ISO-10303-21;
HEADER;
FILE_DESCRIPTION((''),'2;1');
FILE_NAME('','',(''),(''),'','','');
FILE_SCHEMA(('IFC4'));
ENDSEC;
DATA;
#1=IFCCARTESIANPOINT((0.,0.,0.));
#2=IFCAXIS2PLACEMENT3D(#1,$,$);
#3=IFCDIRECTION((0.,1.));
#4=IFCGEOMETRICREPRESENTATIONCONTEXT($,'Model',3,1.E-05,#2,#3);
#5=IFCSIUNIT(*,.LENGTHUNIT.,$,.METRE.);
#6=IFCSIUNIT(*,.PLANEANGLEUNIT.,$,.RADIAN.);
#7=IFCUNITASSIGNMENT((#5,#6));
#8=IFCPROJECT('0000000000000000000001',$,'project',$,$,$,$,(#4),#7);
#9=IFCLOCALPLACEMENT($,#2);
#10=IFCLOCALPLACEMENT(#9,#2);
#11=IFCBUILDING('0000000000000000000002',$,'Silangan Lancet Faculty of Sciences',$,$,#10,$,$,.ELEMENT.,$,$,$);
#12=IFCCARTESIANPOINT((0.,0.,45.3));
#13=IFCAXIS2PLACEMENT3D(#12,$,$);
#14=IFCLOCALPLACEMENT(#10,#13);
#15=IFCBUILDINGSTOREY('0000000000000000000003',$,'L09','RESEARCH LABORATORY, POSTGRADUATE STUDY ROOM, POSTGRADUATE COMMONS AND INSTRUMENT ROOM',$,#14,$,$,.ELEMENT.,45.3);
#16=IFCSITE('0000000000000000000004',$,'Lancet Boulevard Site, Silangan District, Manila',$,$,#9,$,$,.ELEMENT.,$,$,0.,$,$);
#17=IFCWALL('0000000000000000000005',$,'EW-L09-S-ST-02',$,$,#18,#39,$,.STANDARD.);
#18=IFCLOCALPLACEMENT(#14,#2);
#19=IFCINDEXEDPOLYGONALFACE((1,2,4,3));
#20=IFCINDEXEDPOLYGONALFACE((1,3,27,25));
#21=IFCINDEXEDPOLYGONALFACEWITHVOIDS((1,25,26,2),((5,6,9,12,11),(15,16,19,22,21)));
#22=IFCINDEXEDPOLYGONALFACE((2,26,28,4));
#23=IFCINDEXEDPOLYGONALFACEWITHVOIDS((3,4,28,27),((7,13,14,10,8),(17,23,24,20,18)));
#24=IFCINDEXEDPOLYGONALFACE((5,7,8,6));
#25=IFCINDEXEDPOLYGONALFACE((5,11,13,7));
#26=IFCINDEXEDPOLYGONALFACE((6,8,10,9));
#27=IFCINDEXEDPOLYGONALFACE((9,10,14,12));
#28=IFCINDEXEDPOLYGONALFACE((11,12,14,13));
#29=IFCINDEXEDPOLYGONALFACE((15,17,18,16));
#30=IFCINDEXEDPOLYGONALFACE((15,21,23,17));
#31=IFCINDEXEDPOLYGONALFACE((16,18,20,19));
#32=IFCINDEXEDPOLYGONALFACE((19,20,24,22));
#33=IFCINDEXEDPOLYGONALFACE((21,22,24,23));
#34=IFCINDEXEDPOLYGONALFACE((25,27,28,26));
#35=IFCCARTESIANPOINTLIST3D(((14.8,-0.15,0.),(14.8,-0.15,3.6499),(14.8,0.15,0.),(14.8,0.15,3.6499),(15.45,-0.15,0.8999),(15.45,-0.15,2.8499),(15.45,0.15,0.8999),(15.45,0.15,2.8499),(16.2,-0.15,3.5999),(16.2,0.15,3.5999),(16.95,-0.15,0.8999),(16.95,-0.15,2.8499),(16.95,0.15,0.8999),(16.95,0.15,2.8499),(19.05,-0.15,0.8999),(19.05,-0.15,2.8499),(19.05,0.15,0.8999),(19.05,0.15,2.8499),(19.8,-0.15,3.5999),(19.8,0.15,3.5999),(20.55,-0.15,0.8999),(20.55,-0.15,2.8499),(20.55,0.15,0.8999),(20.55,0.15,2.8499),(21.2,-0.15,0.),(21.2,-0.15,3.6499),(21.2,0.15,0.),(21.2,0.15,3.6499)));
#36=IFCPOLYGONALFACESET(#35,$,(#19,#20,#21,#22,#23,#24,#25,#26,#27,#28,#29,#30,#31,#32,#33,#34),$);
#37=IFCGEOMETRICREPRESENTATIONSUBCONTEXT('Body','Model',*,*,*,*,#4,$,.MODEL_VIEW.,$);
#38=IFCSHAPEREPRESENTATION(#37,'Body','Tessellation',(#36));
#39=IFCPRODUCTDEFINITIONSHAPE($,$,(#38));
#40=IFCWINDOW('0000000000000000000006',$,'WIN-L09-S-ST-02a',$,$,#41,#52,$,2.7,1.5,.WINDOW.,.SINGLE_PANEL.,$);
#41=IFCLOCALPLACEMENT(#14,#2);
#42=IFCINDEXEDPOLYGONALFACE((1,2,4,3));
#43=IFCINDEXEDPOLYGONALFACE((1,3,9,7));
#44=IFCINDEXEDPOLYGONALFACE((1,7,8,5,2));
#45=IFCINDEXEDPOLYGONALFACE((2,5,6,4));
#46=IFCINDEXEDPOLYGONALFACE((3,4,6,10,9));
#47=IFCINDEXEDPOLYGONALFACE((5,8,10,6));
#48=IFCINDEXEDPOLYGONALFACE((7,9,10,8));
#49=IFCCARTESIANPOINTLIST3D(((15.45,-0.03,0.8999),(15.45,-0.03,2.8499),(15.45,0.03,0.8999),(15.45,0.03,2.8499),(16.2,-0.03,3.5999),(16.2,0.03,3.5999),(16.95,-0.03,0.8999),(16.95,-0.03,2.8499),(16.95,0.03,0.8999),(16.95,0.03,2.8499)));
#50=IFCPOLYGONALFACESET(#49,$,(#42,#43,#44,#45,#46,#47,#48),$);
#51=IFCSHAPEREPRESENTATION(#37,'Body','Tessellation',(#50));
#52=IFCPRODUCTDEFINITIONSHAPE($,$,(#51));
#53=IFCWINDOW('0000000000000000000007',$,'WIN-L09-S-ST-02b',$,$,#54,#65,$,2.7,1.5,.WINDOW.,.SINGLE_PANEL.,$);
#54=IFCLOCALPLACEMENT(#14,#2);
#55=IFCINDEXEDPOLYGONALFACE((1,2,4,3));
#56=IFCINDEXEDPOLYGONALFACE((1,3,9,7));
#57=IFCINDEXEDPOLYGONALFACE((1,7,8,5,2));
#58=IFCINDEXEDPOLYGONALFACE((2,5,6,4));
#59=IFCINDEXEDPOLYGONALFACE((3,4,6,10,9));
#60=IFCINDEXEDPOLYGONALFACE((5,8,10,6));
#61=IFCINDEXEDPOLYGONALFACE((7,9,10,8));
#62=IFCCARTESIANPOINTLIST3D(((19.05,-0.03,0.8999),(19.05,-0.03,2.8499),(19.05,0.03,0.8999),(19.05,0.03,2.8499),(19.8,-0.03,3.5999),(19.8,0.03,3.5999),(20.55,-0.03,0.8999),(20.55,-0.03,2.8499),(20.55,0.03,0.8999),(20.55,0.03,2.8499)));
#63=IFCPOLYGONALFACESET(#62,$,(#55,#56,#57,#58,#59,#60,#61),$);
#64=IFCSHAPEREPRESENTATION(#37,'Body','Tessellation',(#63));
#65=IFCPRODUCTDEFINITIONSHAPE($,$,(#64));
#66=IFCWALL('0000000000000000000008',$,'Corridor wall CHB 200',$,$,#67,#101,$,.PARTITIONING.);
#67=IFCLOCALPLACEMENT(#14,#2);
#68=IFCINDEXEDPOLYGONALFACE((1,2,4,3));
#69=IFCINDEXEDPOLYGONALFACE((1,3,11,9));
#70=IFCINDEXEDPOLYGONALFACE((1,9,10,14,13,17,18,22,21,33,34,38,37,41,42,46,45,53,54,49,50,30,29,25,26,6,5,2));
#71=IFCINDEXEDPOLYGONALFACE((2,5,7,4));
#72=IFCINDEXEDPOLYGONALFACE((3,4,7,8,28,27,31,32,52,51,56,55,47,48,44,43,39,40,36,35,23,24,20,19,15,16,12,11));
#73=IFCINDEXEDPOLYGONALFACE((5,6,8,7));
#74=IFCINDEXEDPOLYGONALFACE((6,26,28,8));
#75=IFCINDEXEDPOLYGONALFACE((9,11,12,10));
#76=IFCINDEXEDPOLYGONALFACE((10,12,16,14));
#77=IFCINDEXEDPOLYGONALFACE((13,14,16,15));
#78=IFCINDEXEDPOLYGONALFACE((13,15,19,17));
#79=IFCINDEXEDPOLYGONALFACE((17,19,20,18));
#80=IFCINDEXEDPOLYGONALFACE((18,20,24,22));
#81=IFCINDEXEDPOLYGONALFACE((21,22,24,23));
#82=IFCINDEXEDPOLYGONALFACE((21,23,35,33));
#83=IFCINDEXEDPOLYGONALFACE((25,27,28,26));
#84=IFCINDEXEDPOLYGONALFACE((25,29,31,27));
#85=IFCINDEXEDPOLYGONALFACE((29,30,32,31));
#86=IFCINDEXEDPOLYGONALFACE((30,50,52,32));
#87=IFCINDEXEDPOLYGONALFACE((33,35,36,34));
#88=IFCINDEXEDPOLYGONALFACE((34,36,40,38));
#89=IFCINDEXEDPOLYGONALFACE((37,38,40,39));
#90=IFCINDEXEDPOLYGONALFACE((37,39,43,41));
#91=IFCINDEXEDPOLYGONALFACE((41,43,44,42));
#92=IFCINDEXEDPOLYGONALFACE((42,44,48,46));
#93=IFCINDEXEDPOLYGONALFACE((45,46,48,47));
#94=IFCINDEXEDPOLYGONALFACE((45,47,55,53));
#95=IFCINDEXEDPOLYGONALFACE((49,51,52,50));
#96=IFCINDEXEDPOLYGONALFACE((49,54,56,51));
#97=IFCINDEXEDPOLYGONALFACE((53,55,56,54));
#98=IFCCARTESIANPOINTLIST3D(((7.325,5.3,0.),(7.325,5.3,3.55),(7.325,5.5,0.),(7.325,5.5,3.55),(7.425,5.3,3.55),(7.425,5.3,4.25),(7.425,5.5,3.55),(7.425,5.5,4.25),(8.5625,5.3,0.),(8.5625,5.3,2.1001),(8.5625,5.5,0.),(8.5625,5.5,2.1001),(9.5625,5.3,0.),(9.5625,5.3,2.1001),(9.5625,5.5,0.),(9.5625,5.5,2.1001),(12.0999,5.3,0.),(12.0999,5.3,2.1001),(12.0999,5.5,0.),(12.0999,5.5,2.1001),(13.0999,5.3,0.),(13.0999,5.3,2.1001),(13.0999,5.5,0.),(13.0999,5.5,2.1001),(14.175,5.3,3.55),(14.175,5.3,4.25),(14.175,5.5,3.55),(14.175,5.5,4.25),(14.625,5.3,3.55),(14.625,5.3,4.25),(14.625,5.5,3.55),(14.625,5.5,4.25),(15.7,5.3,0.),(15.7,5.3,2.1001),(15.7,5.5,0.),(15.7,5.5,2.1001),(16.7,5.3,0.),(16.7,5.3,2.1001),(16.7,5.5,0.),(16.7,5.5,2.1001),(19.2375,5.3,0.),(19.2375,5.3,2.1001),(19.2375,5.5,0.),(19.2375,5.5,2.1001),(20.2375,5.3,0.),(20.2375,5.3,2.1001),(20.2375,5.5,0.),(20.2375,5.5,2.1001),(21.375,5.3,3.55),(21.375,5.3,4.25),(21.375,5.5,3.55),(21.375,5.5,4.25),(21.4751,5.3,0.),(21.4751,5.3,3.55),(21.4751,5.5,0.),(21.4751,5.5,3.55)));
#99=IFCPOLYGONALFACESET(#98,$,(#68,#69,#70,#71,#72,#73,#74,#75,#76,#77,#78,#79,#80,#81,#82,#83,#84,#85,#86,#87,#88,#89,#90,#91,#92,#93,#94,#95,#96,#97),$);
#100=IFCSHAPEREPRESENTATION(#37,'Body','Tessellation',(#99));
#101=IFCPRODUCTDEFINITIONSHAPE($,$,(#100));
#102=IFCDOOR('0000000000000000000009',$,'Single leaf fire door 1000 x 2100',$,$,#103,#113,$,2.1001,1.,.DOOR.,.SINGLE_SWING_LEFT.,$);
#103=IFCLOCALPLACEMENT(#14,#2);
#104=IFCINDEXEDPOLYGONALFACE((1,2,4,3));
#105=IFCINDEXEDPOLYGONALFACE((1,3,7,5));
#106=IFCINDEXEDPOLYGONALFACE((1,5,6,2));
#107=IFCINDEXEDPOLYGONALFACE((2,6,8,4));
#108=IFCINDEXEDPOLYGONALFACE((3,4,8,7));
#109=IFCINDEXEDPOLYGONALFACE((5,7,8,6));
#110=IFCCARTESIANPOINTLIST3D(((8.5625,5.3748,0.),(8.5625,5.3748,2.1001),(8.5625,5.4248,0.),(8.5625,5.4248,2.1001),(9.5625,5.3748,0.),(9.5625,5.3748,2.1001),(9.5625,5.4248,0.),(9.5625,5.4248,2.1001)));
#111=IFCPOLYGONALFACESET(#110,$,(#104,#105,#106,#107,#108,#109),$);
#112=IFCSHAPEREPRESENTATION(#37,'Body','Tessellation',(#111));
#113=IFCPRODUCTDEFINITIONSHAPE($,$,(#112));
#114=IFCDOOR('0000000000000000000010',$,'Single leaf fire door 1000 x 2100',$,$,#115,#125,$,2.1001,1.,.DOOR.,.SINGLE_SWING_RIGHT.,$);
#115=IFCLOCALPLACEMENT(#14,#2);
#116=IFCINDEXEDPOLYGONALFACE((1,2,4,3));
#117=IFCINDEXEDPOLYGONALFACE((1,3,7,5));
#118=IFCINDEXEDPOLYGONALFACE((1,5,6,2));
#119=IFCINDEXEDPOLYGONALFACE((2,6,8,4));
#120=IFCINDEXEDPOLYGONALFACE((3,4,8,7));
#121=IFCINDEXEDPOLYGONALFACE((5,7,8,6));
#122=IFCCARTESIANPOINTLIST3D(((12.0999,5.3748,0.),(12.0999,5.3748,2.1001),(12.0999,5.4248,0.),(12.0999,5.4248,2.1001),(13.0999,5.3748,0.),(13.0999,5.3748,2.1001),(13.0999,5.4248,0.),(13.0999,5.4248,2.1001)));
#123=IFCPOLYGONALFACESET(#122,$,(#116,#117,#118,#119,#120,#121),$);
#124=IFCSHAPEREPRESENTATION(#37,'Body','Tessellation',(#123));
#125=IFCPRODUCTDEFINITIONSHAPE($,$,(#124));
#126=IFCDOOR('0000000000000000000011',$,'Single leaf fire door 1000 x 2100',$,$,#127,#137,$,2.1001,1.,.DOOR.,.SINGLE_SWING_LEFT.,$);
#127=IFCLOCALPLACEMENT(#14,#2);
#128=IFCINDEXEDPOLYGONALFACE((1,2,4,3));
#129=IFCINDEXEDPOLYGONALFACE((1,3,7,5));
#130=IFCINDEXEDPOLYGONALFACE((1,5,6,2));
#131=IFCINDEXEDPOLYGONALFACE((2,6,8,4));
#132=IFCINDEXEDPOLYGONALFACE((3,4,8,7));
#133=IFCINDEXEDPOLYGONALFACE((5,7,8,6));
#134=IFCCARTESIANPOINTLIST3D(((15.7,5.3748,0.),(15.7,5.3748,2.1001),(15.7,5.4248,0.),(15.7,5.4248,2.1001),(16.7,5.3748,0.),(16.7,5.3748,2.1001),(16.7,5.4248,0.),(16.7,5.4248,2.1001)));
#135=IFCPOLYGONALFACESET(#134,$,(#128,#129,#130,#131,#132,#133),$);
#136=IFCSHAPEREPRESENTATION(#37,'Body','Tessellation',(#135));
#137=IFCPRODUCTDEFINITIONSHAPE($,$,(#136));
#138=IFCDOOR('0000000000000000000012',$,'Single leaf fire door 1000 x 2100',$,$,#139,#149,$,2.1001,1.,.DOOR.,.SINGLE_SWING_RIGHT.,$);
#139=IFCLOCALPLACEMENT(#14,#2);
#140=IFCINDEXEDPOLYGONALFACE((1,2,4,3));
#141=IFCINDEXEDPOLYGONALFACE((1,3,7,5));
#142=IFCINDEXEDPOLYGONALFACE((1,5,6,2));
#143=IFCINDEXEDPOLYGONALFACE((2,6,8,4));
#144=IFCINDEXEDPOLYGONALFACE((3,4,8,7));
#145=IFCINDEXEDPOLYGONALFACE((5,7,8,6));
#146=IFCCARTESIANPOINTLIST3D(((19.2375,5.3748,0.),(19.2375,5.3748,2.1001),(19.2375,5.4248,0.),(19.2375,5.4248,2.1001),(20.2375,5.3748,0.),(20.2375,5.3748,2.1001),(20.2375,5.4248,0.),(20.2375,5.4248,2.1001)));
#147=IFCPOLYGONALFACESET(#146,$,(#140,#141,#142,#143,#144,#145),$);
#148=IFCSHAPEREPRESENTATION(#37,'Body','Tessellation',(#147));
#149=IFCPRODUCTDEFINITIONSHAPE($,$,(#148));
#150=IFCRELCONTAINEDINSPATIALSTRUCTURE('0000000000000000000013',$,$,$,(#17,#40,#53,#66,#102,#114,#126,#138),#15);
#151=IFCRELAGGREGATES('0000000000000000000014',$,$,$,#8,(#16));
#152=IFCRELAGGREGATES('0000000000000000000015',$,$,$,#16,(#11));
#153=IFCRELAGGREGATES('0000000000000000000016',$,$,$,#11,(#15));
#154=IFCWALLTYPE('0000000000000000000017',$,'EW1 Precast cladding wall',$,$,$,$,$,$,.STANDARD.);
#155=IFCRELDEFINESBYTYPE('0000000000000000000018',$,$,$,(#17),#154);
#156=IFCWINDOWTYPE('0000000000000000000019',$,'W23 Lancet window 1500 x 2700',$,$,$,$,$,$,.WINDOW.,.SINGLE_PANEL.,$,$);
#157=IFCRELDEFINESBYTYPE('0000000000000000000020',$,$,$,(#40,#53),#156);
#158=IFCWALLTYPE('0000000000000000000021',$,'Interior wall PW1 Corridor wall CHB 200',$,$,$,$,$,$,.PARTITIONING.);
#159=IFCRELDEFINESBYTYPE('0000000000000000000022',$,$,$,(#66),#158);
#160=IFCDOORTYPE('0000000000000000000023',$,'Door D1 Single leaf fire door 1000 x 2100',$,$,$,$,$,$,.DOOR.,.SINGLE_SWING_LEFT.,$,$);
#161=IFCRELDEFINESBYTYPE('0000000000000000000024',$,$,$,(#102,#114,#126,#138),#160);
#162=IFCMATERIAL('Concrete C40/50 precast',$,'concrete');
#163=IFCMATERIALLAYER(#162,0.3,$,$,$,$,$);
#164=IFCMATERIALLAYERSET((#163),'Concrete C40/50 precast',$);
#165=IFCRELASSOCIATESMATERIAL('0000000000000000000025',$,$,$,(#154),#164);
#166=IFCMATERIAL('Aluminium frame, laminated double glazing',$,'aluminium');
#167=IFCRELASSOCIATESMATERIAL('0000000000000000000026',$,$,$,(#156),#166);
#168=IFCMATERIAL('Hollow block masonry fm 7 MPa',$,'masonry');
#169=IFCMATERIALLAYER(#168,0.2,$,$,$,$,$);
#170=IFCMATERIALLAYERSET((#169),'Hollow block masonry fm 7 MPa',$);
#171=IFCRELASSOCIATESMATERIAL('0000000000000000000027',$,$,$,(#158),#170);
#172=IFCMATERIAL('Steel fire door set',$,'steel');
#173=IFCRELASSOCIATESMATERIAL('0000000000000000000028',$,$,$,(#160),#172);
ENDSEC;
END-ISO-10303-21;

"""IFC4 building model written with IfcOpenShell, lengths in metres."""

from ifc_helpers import new_model, si_unit, direction, frame, frame_2d, origin, place, context, subcontext, project, spatial, polyline, rectangle, outline, extrude, material, layer, layer_set, type_object, element, fill, save


model = new_model("IFC4")

# Units and contexts
model_context = context("Model", 3, precision=1e-05, world=origin(), true_north=direction((0.0, 1.0)))
body_context = subcontext(model_context, "Body", "Model", "MODEL_VIEW")
ifc_project = project(units=[si_unit("LENGTHUNIT", "METRE"), si_unit("PLANEANGLEUNIT", "RADIAN")], contexts=[model_context])

# Site, building, storey
site_placement = place(None, origin())
site = spatial("IfcSite", under=ifc_project, at=site_placement, Name="Lancet Boulevard Site, Silangan District, Manila", CompositionType="ELEMENT", RefElevation=0.0)
building_placement = place(site_placement, origin())
building = spatial("IfcBuilding", under=site, at=building_placement, Name="Silangan Lancet Faculty of Sciences", CompositionType="ELEMENT")
storey_placement = place(building_placement, frame((0.0, 0.0, 45.3)))
storey = spatial("IfcBuildingStorey", under=building, at=storey_placement, Name="L09", Description="RESEARCH LABORATORY, POSTGRADUATE STUDY ROOM, POSTGRADUATE COMMONS AND INSTRUMENT ROOM", CompositionType="ELEMENT", Elevation=45.3)

# Wall, openings, windows
ifc_material_1 = material(Name="Concrete C40/50 precast", Category="concrete")
ifc_layer_1 = layer(ifc_material_1, 0.3)
ifc_layer_set_1 = layer_set([ifc_layer_1], Name="Concrete C40/50 precast")
wall_type_1 = type_object("IfcWallType", Name="EW1 Precast cladding wall", PredefinedType="STANDARD", material=ifc_layer_set_1)
ifc_material_2 = material(Name="Aluminium frame, laminated double glazing", Category="aluminium")
window_type = type_object("IfcWindowType", Name="W23 Lancet window 1500 x 2700", PartitioningType="SINGLE_PANEL", PredefinedType="WINDOW", material=ifc_material_2)
wall_1_placement = place(storey_placement, frame((14.8, 0.0, 0.0), z_axis=(0.0, 0.0, 1.0), x_axis=(1.0, 0.0, 0.0)))
wall_1 = element("IfcWall", 1, at=wall_1_placement, inside=storey, type_object=wall_type_1, Name="EW-L09-S-ST-02", PredefinedType="STANDARD", context=body_context, shape_type="SweptSolid", body=[
    extrude(rectangle(XDim=6.3999, YDim=0.3, at=frame_2d((3.2, 0.0))), origin(), (0.0, 0.0, 1.0), 3.6499),
])
opening_1_placement = place(wall_1_placement, frame((0.6499, 0.0, 0.8999)))
opening_1 = element("IfcOpeningElement", 2, at=opening_1_placement, cuts=wall_1, PredefinedType="OPENING", context=body_context, shape_type="SweptSolid", body=[
    extrude(outline(polyline([(0.0, 0.0), (1.5, 0.0), (1.5, 1.95), (0.75, 2.7), (0.0, 1.95), (0.0, 0.0)])), frame((0.0, 0.1599, 0.0), z_axis=(0.0, -1.0, 0.0), x_axis=(1.0, 0.0, 0.0)), (0.0, 0.0, 1.0), 0.3201),
])
opening_2_placement = place(wall_1_placement, frame((4.25, 0.0, 0.8999)))
opening_2 = element("IfcOpeningElement", 3, at=opening_2_placement, cuts=wall_1, PredefinedType="OPENING", context=body_context, shape_type="SweptSolid", body=[
    extrude(outline(polyline([(0.0, 0.0), (1.5, 0.0), (1.5, 1.95), (0.75, 2.7), (0.0, 1.95), (0.0, 0.0)])), frame((0.0, 0.1599, 0.0), z_axis=(0.0, -1.0, 0.0), x_axis=(1.0, 0.0, 0.0)), (0.0, 0.0, 1.0), 0.3201),
])
window_1_placement = place(opening_1_placement, origin())
window_1 = element("IfcWindow", 4, at=window_1_placement, inside=storey, type_object=window_type, Name="WIN-L09-S-ST-02a", OverallHeight=2.7, OverallWidth=1.5, PartitioningType="SINGLE_PANEL", PredefinedType="WINDOW", context=body_context, shape_type="SweptSolid", body=[
    extrude(outline(polyline([(0.0, 0.0), (1.5, 0.0), (1.5, 1.95), (0.75, 2.7), (0.0, 1.95), (0.0, 0.0)])), frame((0.0, 0.03, 0.0), z_axis=(0.0, -1.0, 0.0), x_axis=(1.0, 0.0, 0.0)), (0.0, 0.0, 1.0), 0.0601),
])
fill(opening_1, window_1)
window_2_placement = place(opening_2_placement, origin())
window_2 = element("IfcWindow", 5, at=window_2_placement, inside=storey, type_object=window_type, Name="WIN-L09-S-ST-02b", OverallHeight=2.7, OverallWidth=1.5, PartitioningType="SINGLE_PANEL", PredefinedType="WINDOW", context=body_context, shape_type="SweptSolid", body=[
    extrude(outline(polyline([(0.0, 0.0), (1.5, 0.0), (1.5, 1.95), (0.75, 2.7), (0.0, 1.95), (0.0, 0.0)])), frame((0.0, 0.03, 0.0), z_axis=(0.0, -1.0, 0.0), x_axis=(1.0, 0.0, 0.0)), (0.0, 0.0, 1.0), 0.0601),
])
fill(opening_2, window_2)

# Wall, openings, doors
ifc_material_3 = material(Name="Hollow block masonry fm 7 MPa", Category="masonry")
ifc_layer_2 = layer(ifc_material_3, 0.2)
ifc_layer_set_2 = layer_set([ifc_layer_2], Name="Hollow block masonry fm 7 MPa")
wall_type_2 = type_object("IfcWallType", Name="Interior wall PW1 Corridor wall CHB 200", PredefinedType="PARTITIONING", material=ifc_layer_set_2)
wall_2_placement = place(storey_placement, frame((7.325, 5.3999, 0.0), z_axis=(0.0, 0.0, 1.0), x_axis=(1.0, 0.0, 0.0)))
wall_2 = element("IfcWall", 6, at=wall_2_placement, inside=storey, type_object=wall_type_2, Name="Corridor wall CHB 200", PredefinedType="PARTITIONING", context=body_context, shape_type="SweptSolid", body=[
    extrude(outline(polyline([(0.0, 0.0), (14.1501, 0.0), (14.1501, 3.55), (14.05, 3.55), (14.05, 4.25), (7.3, 4.25), (7.3, 3.55), (6.8501, 3.55), (6.8501, 4.25), (0.1001, 4.25), (0.1001, 3.55), (0.0, 3.55), (0.0, 0.0)])), frame((0.0, 0.1001, 0.0), z_axis=(0.0, -1.0, 0.0), x_axis=(1.0, 0.0, 0.0)), (0.0, 0.0, 1.0), 0.2),
])
opening_3_placement = place(wall_2_placement, frame((1.2375, 0.0, 0.0)))
opening_3 = element("IfcOpeningElement", 7, at=opening_3_placement, cuts=wall_2, PredefinedType="OPENING", context=body_context, shape_type="SweptSolid", body=[
    extrude(rectangle(XDim=1.0, YDim=2.1001, at=frame_2d((0.5, 1.05))), frame((0.0, 0.1099, 0.0), z_axis=(0.0, -1.0, 0.0), x_axis=(1.0, 0.0, 0.0)), (0.0, 0.0, 1.0), 0.22),
])
opening_4_placement = place(wall_2_placement, frame((4.7749, 0.0, 0.0)))
opening_4 = element("IfcOpeningElement", 8, at=opening_4_placement, cuts=wall_2, PredefinedType="OPENING", context=body_context, shape_type="SweptSolid", body=[
    extrude(rectangle(XDim=1.0, YDim=2.1001, at=frame_2d((0.5, 1.05))), frame((0.0, 0.1099, 0.0), z_axis=(0.0, -1.0, 0.0), x_axis=(1.0, 0.0, 0.0)), (0.0, 0.0, 1.0), 0.22),
])
opening_5_placement = place(wall_2_placement, frame((8.375, 0.0, 0.0)))
opening_5 = element("IfcOpeningElement", 9, at=opening_5_placement, cuts=wall_2, PredefinedType="OPENING", context=body_context, shape_type="SweptSolid", body=[
    extrude(rectangle(XDim=1.0, YDim=2.1001, at=frame_2d((0.5, 1.05))), frame((0.0, 0.1099, 0.0), z_axis=(0.0, -1.0, 0.0), x_axis=(1.0, 0.0, 0.0)), (0.0, 0.0, 1.0), 0.22),
])
opening_6_placement = place(wall_2_placement, frame((11.9126, 0.0, 0.0)))
opening_6 = element("IfcOpeningElement", 10, at=opening_6_placement, cuts=wall_2, PredefinedType="OPENING", context=body_context, shape_type="SweptSolid", body=[
    extrude(rectangle(XDim=1.0, YDim=2.1001, at=frame_2d((0.5, 1.05))), frame((0.0, 0.1099, 0.0), z_axis=(0.0, -1.0, 0.0), x_axis=(1.0, 0.0, 0.0)), (0.0, 0.0, 1.0), 0.22),
])
ifc_material_4 = material(Name="Steel fire door set", Category="steel")
door_type_1 = type_object("IfcDoorType", Name="Door D1 Single leaf fire door 1000 x 2100", OperationType="SINGLE_SWING_LEFT", PredefinedType="DOOR", material=ifc_material_4)
door_1_placement = place(opening_3_placement, frame((1.0, 0.0, 0.0), z_axis=(0.0, 0.0, 1.0), x_axis=(-1.0, 0.0, 0.0)))
door_1 = element("IfcDoor", 11, at=door_1_placement, inside=storey, type_object=door_type_1, Name="Single leaf fire door 1000 x 2100", OperationType="SINGLE_SWING_LEFT", OverallHeight=2.1001, OverallWidth=1.0, PredefinedType="DOOR", context=body_context, shape_type="SweptSolid", body=[
    extrude(rectangle(XDim=1.0, YDim=2.1001, at=frame_2d((0.5, 1.05))), frame((0.0, 0.0251, 0.0), z_axis=(0.0, -1.0, 0.0), x_axis=(1.0, 0.0, 0.0)), (0.0, 0.0, 1.0), 0.05),
])
fill(opening_3, door_1)
door_2_placement = place(opening_4_placement, frame((1.0, 0.0, 0.0), z_axis=(0.0, 0.0, 1.0), x_axis=(-1.0, 0.0, 0.0)))
door_2 = element("IfcDoor", 12, at=door_2_placement, inside=storey, type_object=door_type_1, Name="Single leaf fire door 1000 x 2100", OperationType="SINGLE_SWING_RIGHT", OverallHeight=2.1001, OverallWidth=1.0, PredefinedType="DOOR", context=body_context, shape_type="SweptSolid", body=[
    extrude(rectangle(XDim=1.0, YDim=2.1001, at=frame_2d((0.5, 1.05))), frame((0.0, 0.0251, 0.0), z_axis=(0.0, -1.0, 0.0), x_axis=(1.0, 0.0, 0.0)), (0.0, 0.0, 1.0), 0.05),
])
fill(opening_4, door_2)
door_3_placement = place(opening_5_placement, frame((1.0, 0.0, 0.0), z_axis=(0.0, 0.0, 1.0), x_axis=(-1.0, 0.0, 0.0)))
door_3 = element("IfcDoor", 13, at=door_3_placement, inside=storey, type_object=door_type_1, Name="Single leaf fire door 1000 x 2100", OperationType="SINGLE_SWING_LEFT", OverallHeight=2.1001, OverallWidth=1.0, PredefinedType="DOOR", context=body_context, shape_type="SweptSolid", body=[
    extrude(rectangle(XDim=1.0, YDim=2.1001, at=frame_2d((0.5, 1.05))), frame((0.0, 0.0251, 0.0), z_axis=(0.0, -1.0, 0.0), x_axis=(1.0, 0.0, 0.0)), (0.0, 0.0, 1.0), 0.05),
])
fill(opening_5, door_3)
door_4_placement = place(opening_6_placement, frame((1.0, 0.0, 0.0), z_axis=(0.0, 0.0, 1.0), x_axis=(-1.0, 0.0, 0.0)))
door_4 = element("IfcDoor", 14, at=door_4_placement, inside=storey, type_object=door_type_1, Name="Single leaf fire door 1000 x 2100", OperationType="SINGLE_SWING_RIGHT", OverallHeight=2.1001, OverallWidth=1.0, PredefinedType="DOOR", context=body_context, shape_type="SweptSolid", body=[
    extrude(rectangle(XDim=1.0, YDim=2.1001, at=frame_2d((0.5, 1.05))), frame((0.0, 0.0251, 0.0), z_axis=(0.0, -1.0, 0.0), x_axis=(1.0, 0.0, 0.0)), (0.0, 0.0, 1.0), 0.05),
])
fill(opening_6, door_4)

save(model, "model.ifc")
